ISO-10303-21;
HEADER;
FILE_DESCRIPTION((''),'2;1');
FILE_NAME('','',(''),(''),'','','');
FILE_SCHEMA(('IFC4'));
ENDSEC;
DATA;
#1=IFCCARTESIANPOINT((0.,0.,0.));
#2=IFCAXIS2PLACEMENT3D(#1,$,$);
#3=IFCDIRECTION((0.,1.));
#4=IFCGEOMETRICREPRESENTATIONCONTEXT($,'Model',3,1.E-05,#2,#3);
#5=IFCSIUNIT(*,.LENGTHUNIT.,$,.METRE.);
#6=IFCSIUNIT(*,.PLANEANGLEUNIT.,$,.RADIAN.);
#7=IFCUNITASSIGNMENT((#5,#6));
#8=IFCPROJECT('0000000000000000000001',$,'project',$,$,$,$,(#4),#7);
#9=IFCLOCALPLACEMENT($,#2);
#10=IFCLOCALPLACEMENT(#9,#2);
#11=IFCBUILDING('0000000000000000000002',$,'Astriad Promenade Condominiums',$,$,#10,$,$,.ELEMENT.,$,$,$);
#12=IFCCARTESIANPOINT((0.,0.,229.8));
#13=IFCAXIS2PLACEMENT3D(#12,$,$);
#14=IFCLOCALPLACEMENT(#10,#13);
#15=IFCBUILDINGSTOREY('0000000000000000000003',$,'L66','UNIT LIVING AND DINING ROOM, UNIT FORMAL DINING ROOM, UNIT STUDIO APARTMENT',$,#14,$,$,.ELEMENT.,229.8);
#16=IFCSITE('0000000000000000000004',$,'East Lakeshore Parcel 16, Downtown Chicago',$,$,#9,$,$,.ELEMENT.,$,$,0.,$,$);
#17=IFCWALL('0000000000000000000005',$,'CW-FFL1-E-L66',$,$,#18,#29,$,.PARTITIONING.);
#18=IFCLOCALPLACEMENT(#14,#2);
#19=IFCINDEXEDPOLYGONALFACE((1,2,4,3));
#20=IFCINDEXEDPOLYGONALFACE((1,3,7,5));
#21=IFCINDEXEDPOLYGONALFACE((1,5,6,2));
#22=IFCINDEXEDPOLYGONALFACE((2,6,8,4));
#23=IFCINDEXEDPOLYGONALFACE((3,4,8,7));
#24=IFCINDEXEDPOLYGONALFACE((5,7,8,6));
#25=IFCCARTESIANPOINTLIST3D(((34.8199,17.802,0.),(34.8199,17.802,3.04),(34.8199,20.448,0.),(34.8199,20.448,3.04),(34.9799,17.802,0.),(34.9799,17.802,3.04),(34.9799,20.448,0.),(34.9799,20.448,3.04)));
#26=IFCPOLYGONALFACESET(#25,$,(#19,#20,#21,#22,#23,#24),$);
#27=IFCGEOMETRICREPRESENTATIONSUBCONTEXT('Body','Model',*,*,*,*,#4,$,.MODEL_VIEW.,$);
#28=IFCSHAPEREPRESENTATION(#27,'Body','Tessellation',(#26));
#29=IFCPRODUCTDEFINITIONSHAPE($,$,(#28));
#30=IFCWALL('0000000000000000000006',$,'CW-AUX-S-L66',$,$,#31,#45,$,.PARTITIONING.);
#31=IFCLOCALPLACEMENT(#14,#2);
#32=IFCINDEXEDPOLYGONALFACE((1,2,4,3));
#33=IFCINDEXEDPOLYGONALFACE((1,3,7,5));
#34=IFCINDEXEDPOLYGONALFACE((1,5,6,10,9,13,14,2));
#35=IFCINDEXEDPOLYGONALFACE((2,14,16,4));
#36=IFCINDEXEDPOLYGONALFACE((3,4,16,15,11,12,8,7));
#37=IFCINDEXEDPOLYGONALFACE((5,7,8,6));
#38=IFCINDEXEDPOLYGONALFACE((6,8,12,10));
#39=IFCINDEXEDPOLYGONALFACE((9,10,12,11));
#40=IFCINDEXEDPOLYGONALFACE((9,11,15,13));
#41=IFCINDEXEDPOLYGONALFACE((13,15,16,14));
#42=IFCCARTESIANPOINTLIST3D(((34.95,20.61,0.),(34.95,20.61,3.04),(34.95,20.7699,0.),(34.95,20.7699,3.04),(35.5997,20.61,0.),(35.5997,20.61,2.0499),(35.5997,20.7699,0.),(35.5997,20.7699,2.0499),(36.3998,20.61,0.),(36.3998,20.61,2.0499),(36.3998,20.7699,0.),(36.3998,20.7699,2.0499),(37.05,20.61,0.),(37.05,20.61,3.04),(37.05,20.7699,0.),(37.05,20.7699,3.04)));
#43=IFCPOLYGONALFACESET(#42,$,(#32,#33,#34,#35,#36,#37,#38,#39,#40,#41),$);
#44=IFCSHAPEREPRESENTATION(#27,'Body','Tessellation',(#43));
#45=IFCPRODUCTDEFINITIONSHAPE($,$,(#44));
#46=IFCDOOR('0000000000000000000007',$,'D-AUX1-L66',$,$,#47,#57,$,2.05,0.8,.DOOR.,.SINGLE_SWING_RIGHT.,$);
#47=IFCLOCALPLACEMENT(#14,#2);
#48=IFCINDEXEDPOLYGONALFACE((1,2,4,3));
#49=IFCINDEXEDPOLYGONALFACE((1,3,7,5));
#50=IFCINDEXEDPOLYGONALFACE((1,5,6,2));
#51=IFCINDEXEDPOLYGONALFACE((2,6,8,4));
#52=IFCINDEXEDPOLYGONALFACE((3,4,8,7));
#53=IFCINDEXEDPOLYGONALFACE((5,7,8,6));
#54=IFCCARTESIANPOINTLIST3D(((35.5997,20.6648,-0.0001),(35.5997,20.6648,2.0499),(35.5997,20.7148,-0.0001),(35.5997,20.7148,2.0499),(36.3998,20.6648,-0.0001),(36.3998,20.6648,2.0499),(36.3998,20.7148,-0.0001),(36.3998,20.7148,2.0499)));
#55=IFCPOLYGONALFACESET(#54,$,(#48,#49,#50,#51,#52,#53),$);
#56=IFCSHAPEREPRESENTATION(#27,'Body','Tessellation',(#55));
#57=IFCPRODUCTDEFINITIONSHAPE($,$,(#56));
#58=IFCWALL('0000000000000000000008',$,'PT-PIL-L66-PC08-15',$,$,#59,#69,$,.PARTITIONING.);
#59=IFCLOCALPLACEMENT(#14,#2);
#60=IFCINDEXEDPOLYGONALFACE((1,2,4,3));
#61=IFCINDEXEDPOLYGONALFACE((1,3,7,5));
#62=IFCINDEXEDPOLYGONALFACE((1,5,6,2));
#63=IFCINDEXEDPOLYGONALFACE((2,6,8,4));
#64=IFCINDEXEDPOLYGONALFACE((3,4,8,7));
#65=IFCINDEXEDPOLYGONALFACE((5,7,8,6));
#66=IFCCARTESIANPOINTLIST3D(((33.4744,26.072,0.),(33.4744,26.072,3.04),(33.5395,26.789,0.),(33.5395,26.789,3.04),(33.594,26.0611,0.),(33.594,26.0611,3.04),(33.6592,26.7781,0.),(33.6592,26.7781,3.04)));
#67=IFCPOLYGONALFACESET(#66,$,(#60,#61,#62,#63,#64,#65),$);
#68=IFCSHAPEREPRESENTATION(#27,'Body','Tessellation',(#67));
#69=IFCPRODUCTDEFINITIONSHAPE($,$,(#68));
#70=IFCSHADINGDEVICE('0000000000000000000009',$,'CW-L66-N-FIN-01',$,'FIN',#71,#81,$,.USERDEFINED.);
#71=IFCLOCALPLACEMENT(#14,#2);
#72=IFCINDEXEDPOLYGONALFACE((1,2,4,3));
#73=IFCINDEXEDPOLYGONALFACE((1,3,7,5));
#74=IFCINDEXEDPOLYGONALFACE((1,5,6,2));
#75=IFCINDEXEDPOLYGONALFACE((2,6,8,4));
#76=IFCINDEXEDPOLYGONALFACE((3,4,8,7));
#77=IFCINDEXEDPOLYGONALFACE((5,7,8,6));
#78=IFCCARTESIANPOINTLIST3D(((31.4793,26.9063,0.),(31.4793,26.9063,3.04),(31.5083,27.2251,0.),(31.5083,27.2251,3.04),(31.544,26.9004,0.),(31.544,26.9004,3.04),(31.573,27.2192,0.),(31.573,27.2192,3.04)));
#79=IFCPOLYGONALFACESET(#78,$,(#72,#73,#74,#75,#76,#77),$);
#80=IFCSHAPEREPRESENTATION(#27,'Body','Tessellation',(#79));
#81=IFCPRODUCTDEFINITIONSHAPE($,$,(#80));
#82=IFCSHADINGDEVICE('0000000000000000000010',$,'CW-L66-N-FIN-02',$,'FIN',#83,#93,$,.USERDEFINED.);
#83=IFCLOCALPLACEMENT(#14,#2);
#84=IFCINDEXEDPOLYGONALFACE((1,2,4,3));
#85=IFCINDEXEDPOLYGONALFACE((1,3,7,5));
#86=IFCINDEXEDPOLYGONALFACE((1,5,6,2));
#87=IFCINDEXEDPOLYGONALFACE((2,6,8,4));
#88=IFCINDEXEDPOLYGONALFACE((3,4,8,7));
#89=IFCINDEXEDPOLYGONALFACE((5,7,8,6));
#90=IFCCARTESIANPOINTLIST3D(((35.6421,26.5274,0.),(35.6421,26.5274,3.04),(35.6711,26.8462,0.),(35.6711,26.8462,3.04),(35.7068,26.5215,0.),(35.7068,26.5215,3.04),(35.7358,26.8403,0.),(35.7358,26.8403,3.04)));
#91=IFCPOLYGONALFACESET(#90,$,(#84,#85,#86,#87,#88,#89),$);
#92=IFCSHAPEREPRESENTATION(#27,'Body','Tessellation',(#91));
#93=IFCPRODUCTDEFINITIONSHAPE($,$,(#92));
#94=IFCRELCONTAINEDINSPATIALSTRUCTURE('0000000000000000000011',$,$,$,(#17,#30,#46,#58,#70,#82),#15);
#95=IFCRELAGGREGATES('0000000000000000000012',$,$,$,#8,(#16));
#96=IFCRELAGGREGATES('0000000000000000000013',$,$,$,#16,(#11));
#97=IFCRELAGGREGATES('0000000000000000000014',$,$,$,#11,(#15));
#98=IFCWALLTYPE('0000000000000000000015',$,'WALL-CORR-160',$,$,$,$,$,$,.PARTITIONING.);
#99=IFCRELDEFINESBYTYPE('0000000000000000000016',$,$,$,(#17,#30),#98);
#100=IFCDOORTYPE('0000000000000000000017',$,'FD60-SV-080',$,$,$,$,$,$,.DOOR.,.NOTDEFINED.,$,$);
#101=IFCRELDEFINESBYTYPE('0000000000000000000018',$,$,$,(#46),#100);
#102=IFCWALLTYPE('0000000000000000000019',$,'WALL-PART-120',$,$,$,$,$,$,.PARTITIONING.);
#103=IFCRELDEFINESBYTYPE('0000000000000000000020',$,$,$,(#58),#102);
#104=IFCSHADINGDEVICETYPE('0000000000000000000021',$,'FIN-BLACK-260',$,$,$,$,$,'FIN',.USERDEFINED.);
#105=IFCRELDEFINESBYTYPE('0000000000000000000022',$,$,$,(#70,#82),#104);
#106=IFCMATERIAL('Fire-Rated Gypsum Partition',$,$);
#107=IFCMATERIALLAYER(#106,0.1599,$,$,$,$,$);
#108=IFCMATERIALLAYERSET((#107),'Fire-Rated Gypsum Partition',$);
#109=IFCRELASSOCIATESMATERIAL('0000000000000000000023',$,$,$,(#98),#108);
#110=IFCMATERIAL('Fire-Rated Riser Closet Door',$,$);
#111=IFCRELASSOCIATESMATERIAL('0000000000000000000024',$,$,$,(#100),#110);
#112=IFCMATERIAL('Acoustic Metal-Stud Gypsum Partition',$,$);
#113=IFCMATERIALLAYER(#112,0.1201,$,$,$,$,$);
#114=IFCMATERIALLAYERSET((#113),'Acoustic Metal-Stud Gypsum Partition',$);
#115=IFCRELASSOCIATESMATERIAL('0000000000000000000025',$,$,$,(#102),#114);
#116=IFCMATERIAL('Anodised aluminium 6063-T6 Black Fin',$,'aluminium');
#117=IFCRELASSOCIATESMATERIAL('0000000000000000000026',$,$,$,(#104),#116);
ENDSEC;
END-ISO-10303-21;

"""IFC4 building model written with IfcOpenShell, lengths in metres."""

from ifc_helpers import new_model, si_unit, direction, frame, frame_2d, origin, origin_2d, place, context, subcontext, project, spatial, rectangle, extrude, source, transform, mapped, material, layer, layer_set, type_object, type_shapes, element, fill, save


model = new_model("IFC4")

# Units and contexts
model_context = context("Model", 3, precision=1e-05, world=origin(), true_north=direction((0.0, 1.0)))
body_context = subcontext(model_context, "Body", "Model", "MODEL_VIEW")
ifc_project = project(units=[si_unit("LENGTHUNIT", "METRE"), si_unit("PLANEANGLEUNIT", "RADIAN")], contexts=[model_context])

# Site, building, storey
site_placement = place(None, origin())
site = spatial("IfcSite", under=ifc_project, at=site_placement, Name="East Lakeshore Parcel 16, Downtown Chicago", CompositionType="ELEMENT", RefElevation=0.0)
building_placement = place(site_placement, origin())
building = spatial("IfcBuilding", under=site, at=building_placement, Name="Astriad Promenade Condominiums", CompositionType="ELEMENT")
storey_placement = place(building_placement, frame((0.0, 0.0, 229.8)))
storey = spatial("IfcBuildingStorey", under=building, at=storey_placement, Name="L66", Description="UNIT LIVING AND DINING ROOM, UNIT FORMAL DINING ROOM, UNIT STUDIO APARTMENT", CompositionType="ELEMENT", Elevation=229.8)

# Wall
ifc_material_1 = material(Name="Fire-Rated Gypsum Partition")
ifc_layer_1 = layer(ifc_material_1, 0.1599)
ifc_layer_set_1 = layer_set([ifc_layer_1], Name="Fire-Rated Gypsum Partition")
wall_type_1 = type_object("IfcWallType", Name="WALL-CORR-160", PredefinedType="PARTITIONING", material=ifc_layer_set_1)
wall_1_placement = place(storey_placement, frame((34.8999, 17.802, 0.0), z_axis=(0.0, 0.0, 1.0), x_axis=(0.0, 1.0, 0.0)))
element("IfcWall", 1, at=wall_1_placement, inside=storey, type_object=wall_type_1, Name="CW-FFL1-E-L66", PredefinedType="PARTITIONING", context=body_context, shape_type="SweptSolid", body=[
    extrude(rectangle(XDim=2.646, YDim=0.1599, at=frame_2d((1.323, 0.0))), origin(), (0.0, 0.0, 1.0), 3.04),
])

# Wall, opening, door
wall_2_placement = place(storey_placement, frame((34.95, 20.6899, 0.0), z_axis=(0.0, 0.0, 1.0), x_axis=(1.0, 0.0, 0.0)))
wall_2 = element("IfcWall", 2, at=wall_2_placement, inside=storey, type_object=wall_type_1, Name="CW-AUX-S-L66", PredefinedType="PARTITIONING", context=body_context, shape_type="SweptSolid", body=[
    extrude(rectangle(XDim=2.1001, YDim=0.1599, at=frame_2d((1.05, 0.0))), origin(), (0.0, 0.0, 1.0), 3.04),
])
opening_1_placement = place(wall_2_placement, frame((0.6499, 0.0, 0.0)))
opening_1 = element("IfcOpeningElement", 3, at=opening_1_placement, cuts=wall_2, PredefinedType="OPENING", context=body_context, shape_type="SweptSolid", body=[
    extrude(rectangle(XDim=0.8, YDim=2.05, at=frame_2d((0.3999, 1.0249))), frame((0.0, 0.0898, 0.0), z_axis=(0.0, -1.0, 0.0), x_axis=(1.0, 0.0, 0.0)), (0.0, 0.0, 1.0), 0.1799),
])
ifc_material_2 = material(Name="Fire-Rated Riser Closet Door")
door_type_1 = type_object("IfcDoorType", Name="FD60-SV-080", OperationType="NOTDEFINED", PredefinedType="DOOR", material=ifc_material_2)
shared_shape_1 = source(origin(), body_context, "Body", "SweptSolid", [
    extrude(rectangle(XDim=0.8, YDim=2.05, at=frame_2d((0.3999, 1.0249))), frame((0.0, 0.0249, 0.0), z_axis=(0.0, -1.0, 0.0), x_axis=(1.0, 0.0, 0.0)), (0.0, 0.0, 1.0), 0.05),
])
type_shapes(door_type_1, [shared_shape_1])
door_1_placement = place(opening_1_placement, origin())
door_1 = element("IfcDoor", 4, at=door_1_placement, inside=storey, type_object=door_type_1, Name="D-AUX1-L66", OperationType="SINGLE_SWING_RIGHT", OverallHeight=2.05, OverallWidth=0.8, PredefinedType="DOOR", context=body_context, shape_type="MappedRepresentation", body=[
    mapped(shared_shape_1, transform((0.0, 0.0, 0.0), scale=1.0)),
])
fill(opening_1, door_1)

# Wall
ifc_material_3 = material(Name="Acoustic Metal-Stud Gypsum Partition")
ifc_layer_2 = layer(ifc_material_3, 0.1201)
ifc_layer_set_2 = layer_set([ifc_layer_2], Name="Acoustic Metal-Stud Gypsum Partition")
wall_type_2 = type_object("IfcWallType", Name="WALL-PART-120", PredefinedType="PARTITIONING", material=ifc_layer_set_2)
wall_3_placement = place(storey_placement, frame((33.5342, 26.0667, 0.0), z_axis=(0.0, 0.0, 1.0), x_axis=(0.090536, 0.995893, 0.0)))
element("IfcWall", 5, at=wall_3_placement, inside=storey, type_object=wall_type_2, Name="PT-PIL-L66-PC08-15", PredefinedType="PARTITIONING", context=body_context, shape_type="SweptSolid", body=[
    extrude(rectangle(XDim=0.72, YDim=0.1201, at=frame_2d((0.3599, 0.0))), origin(), (0.0, 0.0, 1.0), 3.04),
])

# Shading devices
ifc_material_4 = material(Name="Anodised aluminium 6063-T6 Black Fin", Category="aluminium")
shading_device_type = type_object("IfcShadingDeviceType", Name="FIN-BLACK-260", ElementType="FIN", PredefinedType="USERDEFINED", material=ifc_material_4)
shared_shape_2 = source(origin(), body_context, "Body", "SweptSolid", [
    extrude(rectangle(XDim=0.0649, YDim=0.3201, at=origin_2d()), origin(), (0.0, 0.0, 1.0), 3.04),
])
type_shapes(shading_device_type, [shared_shape_2])
for number, where, z_axis, x_axis, name in (
    (6, (31.5261, 27.0627, 0.0), (0.0, 0.0, 1.0), (0.995884, -0.090633, 0.0), "CW-L66-N-FIN-01"),
    (7, (35.689, 26.6838, 0.0), (0.0, 0.0, 1.0), (0.995884, -0.090633, 0.0), "CW-L66-N-FIN-02"),
):
    element("IfcShadingDevice", number, at=place(storey_placement, frame(where, z_axis=z_axis, x_axis=x_axis)), inside=storey, type_object=shading_device_type, Name=name, ObjectType="FIN", PredefinedType="USERDEFINED", context=body_context, shape_type="MappedRepresentation", body=[
        mapped(shared_shape_2, transform((0.0, 0.0, 0.0), scale=1.0)),
    ])

save(model, "model.ifc")
